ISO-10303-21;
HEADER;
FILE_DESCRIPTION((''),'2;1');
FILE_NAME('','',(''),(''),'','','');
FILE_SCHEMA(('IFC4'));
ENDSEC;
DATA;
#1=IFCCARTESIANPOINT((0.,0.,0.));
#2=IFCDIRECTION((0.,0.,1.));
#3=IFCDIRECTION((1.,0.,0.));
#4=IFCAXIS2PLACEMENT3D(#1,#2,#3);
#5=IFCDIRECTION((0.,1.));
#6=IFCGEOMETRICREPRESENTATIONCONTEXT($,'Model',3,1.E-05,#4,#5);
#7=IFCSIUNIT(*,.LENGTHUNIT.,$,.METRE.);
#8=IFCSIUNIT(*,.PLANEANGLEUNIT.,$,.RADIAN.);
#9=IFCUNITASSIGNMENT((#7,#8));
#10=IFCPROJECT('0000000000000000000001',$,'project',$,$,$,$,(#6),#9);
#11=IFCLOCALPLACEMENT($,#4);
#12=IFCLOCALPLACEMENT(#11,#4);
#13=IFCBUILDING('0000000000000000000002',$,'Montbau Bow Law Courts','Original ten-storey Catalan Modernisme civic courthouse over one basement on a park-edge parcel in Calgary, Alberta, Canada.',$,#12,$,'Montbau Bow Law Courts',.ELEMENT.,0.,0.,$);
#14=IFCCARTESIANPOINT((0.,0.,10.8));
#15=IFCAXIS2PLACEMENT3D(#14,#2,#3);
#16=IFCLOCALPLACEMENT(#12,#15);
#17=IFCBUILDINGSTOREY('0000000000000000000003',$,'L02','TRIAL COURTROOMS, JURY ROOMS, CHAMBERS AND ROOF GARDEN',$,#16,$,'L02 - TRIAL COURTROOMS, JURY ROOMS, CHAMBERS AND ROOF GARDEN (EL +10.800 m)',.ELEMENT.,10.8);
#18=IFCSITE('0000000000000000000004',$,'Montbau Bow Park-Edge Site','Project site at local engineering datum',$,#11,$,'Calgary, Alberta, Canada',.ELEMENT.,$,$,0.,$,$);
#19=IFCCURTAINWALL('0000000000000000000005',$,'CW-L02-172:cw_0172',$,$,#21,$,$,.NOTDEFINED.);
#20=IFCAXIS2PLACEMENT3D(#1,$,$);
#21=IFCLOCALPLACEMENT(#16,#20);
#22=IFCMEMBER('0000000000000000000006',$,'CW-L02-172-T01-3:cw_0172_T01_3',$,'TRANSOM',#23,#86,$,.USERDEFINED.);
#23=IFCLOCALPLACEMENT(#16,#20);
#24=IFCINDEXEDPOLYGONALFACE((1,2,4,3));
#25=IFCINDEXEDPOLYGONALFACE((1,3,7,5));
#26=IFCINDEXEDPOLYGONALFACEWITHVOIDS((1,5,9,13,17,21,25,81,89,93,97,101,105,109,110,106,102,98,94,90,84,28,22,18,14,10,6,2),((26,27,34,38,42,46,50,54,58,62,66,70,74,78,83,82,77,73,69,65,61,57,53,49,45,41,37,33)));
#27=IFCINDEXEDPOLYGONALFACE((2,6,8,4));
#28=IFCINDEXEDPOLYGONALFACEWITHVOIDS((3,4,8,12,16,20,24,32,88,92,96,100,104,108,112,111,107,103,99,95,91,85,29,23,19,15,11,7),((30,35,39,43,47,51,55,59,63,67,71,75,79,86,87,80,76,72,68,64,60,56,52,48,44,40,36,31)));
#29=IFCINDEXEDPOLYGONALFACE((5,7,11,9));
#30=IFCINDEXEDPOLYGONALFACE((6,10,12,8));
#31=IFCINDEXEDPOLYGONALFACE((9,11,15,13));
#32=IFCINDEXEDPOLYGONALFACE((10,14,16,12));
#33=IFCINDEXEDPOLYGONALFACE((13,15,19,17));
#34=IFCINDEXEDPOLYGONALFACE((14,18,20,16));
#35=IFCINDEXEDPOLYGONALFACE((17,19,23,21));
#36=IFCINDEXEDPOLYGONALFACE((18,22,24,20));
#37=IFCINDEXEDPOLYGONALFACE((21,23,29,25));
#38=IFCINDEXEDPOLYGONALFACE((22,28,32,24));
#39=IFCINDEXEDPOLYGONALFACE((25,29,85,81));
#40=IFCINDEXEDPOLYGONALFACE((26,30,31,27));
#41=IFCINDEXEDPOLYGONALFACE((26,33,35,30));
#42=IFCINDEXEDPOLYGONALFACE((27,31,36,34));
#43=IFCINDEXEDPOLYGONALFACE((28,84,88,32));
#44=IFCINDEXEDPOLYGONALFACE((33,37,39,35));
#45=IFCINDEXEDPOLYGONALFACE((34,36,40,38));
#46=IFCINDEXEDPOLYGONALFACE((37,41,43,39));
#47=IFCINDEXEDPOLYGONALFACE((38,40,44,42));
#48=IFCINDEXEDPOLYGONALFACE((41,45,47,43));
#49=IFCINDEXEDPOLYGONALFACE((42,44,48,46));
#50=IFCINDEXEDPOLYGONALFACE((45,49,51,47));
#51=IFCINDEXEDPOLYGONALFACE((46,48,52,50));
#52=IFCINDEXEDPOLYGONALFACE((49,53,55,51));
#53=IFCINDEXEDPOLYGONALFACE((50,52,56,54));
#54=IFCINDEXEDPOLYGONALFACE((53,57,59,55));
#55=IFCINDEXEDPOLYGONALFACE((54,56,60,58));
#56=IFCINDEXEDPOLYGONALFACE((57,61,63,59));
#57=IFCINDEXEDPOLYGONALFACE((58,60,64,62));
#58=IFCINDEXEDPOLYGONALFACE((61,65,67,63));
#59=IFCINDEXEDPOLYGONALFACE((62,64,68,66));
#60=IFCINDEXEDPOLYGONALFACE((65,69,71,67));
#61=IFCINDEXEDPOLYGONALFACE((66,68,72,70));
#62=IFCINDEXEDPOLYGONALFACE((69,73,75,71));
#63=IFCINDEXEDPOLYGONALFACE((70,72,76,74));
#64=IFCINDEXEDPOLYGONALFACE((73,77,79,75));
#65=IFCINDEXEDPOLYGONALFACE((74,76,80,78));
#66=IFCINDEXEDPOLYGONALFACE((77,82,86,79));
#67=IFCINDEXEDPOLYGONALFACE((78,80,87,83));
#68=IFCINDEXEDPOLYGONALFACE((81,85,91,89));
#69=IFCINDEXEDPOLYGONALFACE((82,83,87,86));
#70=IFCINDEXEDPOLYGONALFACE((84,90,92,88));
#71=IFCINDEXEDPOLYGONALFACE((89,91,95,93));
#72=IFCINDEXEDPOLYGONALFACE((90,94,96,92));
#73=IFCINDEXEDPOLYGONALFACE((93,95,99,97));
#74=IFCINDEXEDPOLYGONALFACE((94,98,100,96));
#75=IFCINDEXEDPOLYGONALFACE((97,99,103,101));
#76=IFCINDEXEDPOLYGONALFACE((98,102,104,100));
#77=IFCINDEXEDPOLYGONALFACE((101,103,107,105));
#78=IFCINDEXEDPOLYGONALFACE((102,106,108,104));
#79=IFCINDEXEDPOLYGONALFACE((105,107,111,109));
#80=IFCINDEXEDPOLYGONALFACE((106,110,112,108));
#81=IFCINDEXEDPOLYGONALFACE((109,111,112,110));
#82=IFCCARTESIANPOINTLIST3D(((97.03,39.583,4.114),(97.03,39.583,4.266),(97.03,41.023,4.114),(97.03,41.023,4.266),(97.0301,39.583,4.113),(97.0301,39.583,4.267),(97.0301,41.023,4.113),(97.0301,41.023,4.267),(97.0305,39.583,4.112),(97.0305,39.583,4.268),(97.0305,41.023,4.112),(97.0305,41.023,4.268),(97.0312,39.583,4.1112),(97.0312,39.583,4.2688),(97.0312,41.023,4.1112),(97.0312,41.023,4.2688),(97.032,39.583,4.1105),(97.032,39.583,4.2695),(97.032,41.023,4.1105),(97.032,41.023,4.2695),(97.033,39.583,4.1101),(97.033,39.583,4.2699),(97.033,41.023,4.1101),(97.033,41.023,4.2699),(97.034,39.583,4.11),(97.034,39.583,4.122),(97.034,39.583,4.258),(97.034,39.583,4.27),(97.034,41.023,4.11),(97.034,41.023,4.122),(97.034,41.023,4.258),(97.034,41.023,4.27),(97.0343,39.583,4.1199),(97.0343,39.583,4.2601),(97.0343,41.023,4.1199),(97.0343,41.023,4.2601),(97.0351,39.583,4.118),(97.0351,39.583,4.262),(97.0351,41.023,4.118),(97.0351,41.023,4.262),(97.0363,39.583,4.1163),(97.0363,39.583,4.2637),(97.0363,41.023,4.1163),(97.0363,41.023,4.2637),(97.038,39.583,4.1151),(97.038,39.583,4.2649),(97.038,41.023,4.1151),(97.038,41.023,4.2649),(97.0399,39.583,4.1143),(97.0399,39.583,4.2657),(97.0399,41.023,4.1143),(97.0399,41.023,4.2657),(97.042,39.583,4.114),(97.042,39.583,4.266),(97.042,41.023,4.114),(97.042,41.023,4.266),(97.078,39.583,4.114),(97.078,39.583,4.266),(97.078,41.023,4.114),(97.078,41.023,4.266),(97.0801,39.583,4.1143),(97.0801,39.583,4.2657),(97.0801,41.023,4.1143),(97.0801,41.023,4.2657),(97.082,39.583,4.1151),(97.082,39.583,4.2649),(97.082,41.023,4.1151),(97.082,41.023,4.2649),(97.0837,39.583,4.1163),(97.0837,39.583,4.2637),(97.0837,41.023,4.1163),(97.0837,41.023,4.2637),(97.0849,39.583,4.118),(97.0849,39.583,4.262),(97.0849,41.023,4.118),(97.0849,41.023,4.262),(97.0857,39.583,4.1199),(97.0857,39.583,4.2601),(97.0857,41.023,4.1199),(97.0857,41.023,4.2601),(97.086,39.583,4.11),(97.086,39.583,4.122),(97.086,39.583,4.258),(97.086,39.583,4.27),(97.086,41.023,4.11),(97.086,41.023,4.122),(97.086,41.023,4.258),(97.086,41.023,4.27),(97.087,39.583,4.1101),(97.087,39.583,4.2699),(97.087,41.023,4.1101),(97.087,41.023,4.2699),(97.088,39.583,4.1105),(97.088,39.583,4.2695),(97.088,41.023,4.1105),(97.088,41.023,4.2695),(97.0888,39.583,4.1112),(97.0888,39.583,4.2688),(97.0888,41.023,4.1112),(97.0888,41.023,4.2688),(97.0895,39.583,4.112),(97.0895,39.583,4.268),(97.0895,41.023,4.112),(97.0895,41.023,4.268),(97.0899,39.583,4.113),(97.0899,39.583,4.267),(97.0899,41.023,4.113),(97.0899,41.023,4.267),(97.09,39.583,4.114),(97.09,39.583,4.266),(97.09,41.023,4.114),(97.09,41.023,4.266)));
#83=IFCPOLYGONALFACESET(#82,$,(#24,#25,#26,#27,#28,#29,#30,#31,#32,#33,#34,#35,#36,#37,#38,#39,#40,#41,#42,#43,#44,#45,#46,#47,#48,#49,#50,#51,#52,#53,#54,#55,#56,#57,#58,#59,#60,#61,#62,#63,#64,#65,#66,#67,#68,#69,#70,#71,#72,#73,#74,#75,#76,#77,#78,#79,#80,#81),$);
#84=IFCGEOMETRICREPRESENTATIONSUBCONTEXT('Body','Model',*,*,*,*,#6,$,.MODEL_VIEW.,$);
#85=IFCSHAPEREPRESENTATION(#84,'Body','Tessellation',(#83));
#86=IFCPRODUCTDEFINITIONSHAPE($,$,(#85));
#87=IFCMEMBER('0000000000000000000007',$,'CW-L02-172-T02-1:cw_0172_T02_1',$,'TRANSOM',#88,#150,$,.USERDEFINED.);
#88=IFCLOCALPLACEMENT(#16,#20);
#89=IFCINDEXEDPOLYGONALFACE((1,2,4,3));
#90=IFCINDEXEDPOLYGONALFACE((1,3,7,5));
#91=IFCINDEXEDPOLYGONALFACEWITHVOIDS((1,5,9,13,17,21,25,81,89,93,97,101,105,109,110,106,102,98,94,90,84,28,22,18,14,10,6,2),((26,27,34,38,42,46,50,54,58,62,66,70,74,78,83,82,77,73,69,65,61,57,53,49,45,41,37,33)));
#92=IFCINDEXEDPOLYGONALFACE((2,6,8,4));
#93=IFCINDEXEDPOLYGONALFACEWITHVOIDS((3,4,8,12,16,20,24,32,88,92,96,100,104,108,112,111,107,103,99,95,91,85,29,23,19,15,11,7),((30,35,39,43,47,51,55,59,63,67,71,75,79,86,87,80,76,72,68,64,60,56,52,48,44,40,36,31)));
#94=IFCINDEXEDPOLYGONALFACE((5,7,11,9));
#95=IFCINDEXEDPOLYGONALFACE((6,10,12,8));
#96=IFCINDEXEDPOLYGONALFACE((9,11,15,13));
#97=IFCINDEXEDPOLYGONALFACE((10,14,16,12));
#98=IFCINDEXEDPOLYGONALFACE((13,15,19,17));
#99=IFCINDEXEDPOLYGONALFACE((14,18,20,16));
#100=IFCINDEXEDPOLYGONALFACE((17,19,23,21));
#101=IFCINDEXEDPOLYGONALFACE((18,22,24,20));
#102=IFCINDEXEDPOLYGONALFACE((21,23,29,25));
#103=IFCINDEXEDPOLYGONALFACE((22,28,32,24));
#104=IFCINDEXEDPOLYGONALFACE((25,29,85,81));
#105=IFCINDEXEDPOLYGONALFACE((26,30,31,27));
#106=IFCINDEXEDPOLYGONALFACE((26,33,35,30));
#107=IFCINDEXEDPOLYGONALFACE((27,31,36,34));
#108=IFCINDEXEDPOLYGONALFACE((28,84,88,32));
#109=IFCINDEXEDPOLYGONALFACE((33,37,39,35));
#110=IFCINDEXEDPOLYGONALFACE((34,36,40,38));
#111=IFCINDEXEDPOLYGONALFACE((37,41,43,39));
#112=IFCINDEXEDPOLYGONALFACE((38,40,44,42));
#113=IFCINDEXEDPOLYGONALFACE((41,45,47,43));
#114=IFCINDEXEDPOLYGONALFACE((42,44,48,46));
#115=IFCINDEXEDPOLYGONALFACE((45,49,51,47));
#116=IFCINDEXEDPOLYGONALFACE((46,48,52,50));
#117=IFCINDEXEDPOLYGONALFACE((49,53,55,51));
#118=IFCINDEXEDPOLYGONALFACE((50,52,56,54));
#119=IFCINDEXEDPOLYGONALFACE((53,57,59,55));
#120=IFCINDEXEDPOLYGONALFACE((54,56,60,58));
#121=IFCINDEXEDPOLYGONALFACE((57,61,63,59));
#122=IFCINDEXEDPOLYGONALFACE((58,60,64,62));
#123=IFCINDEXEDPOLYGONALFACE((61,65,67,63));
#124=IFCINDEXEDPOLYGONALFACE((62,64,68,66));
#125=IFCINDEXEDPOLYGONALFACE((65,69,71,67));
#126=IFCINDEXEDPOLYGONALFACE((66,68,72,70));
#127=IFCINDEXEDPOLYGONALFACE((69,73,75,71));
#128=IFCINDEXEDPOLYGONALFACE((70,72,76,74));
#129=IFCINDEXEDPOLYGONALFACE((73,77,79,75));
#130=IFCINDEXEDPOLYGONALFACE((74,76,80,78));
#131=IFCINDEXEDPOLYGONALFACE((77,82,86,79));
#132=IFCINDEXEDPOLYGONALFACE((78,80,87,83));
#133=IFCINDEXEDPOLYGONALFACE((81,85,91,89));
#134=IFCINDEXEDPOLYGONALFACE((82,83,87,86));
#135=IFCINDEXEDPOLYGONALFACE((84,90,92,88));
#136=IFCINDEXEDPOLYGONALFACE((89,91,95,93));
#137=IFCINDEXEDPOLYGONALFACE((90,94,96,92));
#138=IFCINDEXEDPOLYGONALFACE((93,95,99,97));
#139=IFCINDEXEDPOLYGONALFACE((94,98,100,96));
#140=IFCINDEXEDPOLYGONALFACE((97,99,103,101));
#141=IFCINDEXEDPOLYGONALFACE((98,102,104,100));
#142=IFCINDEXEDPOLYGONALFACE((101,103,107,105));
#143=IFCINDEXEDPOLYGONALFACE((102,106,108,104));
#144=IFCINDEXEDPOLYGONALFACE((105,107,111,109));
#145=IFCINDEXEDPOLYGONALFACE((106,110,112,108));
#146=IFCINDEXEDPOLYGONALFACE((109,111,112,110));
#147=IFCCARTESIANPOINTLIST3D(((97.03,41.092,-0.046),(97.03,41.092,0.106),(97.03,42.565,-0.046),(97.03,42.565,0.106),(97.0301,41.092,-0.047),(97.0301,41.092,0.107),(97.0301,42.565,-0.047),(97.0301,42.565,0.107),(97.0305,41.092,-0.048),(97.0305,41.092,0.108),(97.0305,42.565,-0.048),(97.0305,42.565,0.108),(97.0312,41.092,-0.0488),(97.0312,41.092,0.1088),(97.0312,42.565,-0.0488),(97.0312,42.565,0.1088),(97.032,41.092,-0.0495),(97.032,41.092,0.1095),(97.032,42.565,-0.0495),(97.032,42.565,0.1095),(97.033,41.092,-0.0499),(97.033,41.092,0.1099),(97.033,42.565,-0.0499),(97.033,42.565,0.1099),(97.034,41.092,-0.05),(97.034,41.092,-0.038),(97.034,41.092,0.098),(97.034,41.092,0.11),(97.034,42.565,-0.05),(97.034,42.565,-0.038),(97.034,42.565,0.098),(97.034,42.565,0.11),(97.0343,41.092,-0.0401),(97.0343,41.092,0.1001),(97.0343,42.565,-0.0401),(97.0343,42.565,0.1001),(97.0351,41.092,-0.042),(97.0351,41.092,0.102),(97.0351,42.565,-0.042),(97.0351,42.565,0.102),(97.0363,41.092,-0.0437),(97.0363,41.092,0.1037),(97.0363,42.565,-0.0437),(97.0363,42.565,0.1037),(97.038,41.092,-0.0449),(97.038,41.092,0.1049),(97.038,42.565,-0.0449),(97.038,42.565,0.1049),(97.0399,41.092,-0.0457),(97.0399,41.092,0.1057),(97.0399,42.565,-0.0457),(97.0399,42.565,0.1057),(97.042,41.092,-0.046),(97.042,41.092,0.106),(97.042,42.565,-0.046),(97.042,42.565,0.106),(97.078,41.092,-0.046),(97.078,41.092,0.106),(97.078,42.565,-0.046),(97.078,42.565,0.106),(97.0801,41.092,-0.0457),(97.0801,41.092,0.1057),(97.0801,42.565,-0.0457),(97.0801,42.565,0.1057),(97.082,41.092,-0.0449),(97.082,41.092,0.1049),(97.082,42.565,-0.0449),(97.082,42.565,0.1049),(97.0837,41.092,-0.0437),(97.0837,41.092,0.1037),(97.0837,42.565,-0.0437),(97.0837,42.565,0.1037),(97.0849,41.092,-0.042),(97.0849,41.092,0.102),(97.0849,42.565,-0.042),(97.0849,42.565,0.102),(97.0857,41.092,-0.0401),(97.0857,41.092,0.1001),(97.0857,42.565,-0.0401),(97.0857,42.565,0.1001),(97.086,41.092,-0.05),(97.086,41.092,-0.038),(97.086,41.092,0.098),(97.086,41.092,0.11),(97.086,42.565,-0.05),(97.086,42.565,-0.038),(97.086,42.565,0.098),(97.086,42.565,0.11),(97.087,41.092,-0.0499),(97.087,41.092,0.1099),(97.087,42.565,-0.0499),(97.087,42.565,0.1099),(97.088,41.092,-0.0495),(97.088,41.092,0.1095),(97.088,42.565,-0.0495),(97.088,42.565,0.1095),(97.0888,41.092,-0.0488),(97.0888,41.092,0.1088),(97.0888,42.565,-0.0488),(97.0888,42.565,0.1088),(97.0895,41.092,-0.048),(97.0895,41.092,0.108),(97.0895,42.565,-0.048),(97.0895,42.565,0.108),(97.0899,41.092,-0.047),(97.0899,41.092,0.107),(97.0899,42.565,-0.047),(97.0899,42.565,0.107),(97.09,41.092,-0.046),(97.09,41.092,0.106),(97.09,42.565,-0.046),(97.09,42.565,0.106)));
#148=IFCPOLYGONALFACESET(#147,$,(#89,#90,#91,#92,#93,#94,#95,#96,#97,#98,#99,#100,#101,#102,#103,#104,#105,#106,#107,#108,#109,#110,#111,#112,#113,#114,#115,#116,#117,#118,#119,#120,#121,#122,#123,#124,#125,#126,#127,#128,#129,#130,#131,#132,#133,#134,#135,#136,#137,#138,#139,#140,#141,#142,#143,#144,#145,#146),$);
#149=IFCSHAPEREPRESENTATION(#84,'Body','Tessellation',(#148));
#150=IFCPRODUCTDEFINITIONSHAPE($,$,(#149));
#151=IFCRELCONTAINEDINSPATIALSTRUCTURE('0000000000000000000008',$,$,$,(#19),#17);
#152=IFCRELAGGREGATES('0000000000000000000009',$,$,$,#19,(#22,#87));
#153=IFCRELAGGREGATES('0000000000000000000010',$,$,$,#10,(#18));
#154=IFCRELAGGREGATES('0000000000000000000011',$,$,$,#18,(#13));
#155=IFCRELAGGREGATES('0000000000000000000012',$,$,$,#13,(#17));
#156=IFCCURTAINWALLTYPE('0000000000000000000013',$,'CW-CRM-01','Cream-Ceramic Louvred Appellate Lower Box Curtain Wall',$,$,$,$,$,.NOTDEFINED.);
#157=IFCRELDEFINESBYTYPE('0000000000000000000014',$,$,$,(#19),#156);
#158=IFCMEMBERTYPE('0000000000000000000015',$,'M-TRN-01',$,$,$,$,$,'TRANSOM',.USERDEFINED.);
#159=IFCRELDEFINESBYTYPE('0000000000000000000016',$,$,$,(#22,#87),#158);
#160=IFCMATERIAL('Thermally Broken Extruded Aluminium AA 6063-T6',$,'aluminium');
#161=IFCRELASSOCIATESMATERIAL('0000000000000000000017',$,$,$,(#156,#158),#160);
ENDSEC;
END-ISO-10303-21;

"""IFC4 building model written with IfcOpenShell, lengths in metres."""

from ifc_helpers import new_model, si_unit, direction, frame, origin_with_axes, origin_2d_with_axis, place, context, subcontext, project, spatial, hollow_rectangle, extrude, material, material_profile, profile_set, type_object, element, aggregate, save


model = new_model("IFC4")

# Units and contexts
model_context = context("Model", 3, precision=1e-05, world=origin_with_axes(), true_north=direction((0.0, 1.0)))
body_context = subcontext(model_context, "Body", "Model", "MODEL_VIEW")
ifc_project = project(units=[si_unit("LENGTHUNIT", "METRE"), si_unit("PLANEANGLEUNIT", "RADIAN")], contexts=[model_context])

# Site, building, storey
site_placement = place(None, origin_with_axes())
site = spatial("IfcSite", under=ifc_project, at=site_placement, Name="Montbau Bow Park-Edge Site", Description="Project site at local engineering datum", LongName="Calgary, Alberta, Canada", CompositionType="ELEMENT", RefElevation=0.0)
building_placement = place(site_placement, origin_with_axes())
building = spatial("IfcBuilding", under=site, at=building_placement, Name="Montbau Bow Law Courts", Description="Original ten-storey Catalan Modernisme civic courthouse over one basement on a park-edge parcel in Calgary, Alberta, Canada.", LongName="Montbau Bow Law Courts", CompositionType="ELEMENT", ElevationOfRefHeight=0.0, ElevationOfTerrain=0.0)
storey_placement = place(building_placement, frame((0.0, 0.0, 10.8), z_axis=(0.0, 0.0, 1.0), x_axis=(1.0, 0.0, 0.0)))
storey = spatial("IfcBuildingStorey", under=building, at=storey_placement, Name="L02", Description="TRIAL COURTROOMS, JURY ROOMS, CHAMBERS AND ROOF GARDEN", LongName="L02 - TRIAL COURTROOMS, JURY ROOMS, CHAMBERS AND ROOF GARDEN (EL +10.800 m)", CompositionType="ELEMENT", Elevation=10.8)

# Curtain wall
ifc_material_1 = material(Name="Thermally Broken Extruded Aluminium AA 6063-T6", Category="aluminium")
curtain_wall_type = type_object("IfcCurtainWallType", Name="CW-CRM-01", Description="Cream-Ceramic Louvred Appellate Lower Box Curtain Wall", PredefinedType="NOTDEFINED", material=ifc_material_1)
curtain_wall_1_placement = place(None, frame((97.06, 39.515, 10.8), z_axis=(0.0, 0.0, 1.0), x_axis=(1.0, 0.0, 0.0)))
curtain_wall_1 = element("IfcCurtainWall", 1, at=curtain_wall_1_placement, inside=storey, type_object=curtain_wall_type, Name="CW-L02-172:cw_0172", PredefinedType="NOTDEFINED")

# Members
ifc_material_profile_1 = material_profile(ifc_material_1, hollow_rectangle(XDim=0.06, YDim=0.16, WallThickness=0.004, InnerFilletRadius=0.008, OuterFilletRadius=0.004, at=origin_2d_with_axis()), Name="CWT-160X60", Category="Main", Priority=0)
ifc_profile_set_1 = profile_set([ifc_material_profile_1], Name="Thermally Broken Extruded Aluminium AA 6063-T6")
member_type_1 = type_object("IfcMemberType", Name="M-TRN-01", ElementType="TRANSOM", PredefinedType="USERDEFINED", material=ifc_profile_set_1)
member_1_placement = place(None, frame((97.06, 39.583, 14.99), z_axis=(0.0, 1.0, 0.0), x_axis=(-1.0, 0.0, 0.0)))
member_1 = element("IfcMember", 2, at=member_1_placement, type_object=member_type_1, Name="CW-L02-172-T01-3:cw_0172_T01_3", ObjectType="TRANSOM", PredefinedType="USERDEFINED", context=body_context, shape_type="SweptSolid", body=[
    extrude(hollow_rectangle(XDim=0.06, YDim=0.16, WallThickness=0.004, InnerFilletRadius=0.008, OuterFilletRadius=0.004, at=origin_2d_with_axis()), origin_with_axes(), (0.0, 0.0, 1.0), 1.44),
])
member_2_placement = place(None, frame((97.06, 41.092, 10.83), z_axis=(0.0, 1.0, 0.0), x_axis=(-1.0, 0.0, 0.0)))
member_2 = element("IfcMember", 3, at=member_2_placement, type_object=member_type_1, Name="CW-L02-172-T02-1:cw_0172_T02_1", ObjectType="TRANSOM", PredefinedType="USERDEFINED", context=body_context, shape_type="SweptSolid", body=[
    extrude(hollow_rectangle(XDim=0.06, YDim=0.16, WallThickness=0.004, InnerFilletRadius=0.008, OuterFilletRadius=0.004, at=origin_2d_with_axis()), origin_with_axes(), (0.0, 0.0, 1.0), 1.473),
])

aggregate(curtain_wall_1, [member_1, member_2])

save(model, "model.ifc")
